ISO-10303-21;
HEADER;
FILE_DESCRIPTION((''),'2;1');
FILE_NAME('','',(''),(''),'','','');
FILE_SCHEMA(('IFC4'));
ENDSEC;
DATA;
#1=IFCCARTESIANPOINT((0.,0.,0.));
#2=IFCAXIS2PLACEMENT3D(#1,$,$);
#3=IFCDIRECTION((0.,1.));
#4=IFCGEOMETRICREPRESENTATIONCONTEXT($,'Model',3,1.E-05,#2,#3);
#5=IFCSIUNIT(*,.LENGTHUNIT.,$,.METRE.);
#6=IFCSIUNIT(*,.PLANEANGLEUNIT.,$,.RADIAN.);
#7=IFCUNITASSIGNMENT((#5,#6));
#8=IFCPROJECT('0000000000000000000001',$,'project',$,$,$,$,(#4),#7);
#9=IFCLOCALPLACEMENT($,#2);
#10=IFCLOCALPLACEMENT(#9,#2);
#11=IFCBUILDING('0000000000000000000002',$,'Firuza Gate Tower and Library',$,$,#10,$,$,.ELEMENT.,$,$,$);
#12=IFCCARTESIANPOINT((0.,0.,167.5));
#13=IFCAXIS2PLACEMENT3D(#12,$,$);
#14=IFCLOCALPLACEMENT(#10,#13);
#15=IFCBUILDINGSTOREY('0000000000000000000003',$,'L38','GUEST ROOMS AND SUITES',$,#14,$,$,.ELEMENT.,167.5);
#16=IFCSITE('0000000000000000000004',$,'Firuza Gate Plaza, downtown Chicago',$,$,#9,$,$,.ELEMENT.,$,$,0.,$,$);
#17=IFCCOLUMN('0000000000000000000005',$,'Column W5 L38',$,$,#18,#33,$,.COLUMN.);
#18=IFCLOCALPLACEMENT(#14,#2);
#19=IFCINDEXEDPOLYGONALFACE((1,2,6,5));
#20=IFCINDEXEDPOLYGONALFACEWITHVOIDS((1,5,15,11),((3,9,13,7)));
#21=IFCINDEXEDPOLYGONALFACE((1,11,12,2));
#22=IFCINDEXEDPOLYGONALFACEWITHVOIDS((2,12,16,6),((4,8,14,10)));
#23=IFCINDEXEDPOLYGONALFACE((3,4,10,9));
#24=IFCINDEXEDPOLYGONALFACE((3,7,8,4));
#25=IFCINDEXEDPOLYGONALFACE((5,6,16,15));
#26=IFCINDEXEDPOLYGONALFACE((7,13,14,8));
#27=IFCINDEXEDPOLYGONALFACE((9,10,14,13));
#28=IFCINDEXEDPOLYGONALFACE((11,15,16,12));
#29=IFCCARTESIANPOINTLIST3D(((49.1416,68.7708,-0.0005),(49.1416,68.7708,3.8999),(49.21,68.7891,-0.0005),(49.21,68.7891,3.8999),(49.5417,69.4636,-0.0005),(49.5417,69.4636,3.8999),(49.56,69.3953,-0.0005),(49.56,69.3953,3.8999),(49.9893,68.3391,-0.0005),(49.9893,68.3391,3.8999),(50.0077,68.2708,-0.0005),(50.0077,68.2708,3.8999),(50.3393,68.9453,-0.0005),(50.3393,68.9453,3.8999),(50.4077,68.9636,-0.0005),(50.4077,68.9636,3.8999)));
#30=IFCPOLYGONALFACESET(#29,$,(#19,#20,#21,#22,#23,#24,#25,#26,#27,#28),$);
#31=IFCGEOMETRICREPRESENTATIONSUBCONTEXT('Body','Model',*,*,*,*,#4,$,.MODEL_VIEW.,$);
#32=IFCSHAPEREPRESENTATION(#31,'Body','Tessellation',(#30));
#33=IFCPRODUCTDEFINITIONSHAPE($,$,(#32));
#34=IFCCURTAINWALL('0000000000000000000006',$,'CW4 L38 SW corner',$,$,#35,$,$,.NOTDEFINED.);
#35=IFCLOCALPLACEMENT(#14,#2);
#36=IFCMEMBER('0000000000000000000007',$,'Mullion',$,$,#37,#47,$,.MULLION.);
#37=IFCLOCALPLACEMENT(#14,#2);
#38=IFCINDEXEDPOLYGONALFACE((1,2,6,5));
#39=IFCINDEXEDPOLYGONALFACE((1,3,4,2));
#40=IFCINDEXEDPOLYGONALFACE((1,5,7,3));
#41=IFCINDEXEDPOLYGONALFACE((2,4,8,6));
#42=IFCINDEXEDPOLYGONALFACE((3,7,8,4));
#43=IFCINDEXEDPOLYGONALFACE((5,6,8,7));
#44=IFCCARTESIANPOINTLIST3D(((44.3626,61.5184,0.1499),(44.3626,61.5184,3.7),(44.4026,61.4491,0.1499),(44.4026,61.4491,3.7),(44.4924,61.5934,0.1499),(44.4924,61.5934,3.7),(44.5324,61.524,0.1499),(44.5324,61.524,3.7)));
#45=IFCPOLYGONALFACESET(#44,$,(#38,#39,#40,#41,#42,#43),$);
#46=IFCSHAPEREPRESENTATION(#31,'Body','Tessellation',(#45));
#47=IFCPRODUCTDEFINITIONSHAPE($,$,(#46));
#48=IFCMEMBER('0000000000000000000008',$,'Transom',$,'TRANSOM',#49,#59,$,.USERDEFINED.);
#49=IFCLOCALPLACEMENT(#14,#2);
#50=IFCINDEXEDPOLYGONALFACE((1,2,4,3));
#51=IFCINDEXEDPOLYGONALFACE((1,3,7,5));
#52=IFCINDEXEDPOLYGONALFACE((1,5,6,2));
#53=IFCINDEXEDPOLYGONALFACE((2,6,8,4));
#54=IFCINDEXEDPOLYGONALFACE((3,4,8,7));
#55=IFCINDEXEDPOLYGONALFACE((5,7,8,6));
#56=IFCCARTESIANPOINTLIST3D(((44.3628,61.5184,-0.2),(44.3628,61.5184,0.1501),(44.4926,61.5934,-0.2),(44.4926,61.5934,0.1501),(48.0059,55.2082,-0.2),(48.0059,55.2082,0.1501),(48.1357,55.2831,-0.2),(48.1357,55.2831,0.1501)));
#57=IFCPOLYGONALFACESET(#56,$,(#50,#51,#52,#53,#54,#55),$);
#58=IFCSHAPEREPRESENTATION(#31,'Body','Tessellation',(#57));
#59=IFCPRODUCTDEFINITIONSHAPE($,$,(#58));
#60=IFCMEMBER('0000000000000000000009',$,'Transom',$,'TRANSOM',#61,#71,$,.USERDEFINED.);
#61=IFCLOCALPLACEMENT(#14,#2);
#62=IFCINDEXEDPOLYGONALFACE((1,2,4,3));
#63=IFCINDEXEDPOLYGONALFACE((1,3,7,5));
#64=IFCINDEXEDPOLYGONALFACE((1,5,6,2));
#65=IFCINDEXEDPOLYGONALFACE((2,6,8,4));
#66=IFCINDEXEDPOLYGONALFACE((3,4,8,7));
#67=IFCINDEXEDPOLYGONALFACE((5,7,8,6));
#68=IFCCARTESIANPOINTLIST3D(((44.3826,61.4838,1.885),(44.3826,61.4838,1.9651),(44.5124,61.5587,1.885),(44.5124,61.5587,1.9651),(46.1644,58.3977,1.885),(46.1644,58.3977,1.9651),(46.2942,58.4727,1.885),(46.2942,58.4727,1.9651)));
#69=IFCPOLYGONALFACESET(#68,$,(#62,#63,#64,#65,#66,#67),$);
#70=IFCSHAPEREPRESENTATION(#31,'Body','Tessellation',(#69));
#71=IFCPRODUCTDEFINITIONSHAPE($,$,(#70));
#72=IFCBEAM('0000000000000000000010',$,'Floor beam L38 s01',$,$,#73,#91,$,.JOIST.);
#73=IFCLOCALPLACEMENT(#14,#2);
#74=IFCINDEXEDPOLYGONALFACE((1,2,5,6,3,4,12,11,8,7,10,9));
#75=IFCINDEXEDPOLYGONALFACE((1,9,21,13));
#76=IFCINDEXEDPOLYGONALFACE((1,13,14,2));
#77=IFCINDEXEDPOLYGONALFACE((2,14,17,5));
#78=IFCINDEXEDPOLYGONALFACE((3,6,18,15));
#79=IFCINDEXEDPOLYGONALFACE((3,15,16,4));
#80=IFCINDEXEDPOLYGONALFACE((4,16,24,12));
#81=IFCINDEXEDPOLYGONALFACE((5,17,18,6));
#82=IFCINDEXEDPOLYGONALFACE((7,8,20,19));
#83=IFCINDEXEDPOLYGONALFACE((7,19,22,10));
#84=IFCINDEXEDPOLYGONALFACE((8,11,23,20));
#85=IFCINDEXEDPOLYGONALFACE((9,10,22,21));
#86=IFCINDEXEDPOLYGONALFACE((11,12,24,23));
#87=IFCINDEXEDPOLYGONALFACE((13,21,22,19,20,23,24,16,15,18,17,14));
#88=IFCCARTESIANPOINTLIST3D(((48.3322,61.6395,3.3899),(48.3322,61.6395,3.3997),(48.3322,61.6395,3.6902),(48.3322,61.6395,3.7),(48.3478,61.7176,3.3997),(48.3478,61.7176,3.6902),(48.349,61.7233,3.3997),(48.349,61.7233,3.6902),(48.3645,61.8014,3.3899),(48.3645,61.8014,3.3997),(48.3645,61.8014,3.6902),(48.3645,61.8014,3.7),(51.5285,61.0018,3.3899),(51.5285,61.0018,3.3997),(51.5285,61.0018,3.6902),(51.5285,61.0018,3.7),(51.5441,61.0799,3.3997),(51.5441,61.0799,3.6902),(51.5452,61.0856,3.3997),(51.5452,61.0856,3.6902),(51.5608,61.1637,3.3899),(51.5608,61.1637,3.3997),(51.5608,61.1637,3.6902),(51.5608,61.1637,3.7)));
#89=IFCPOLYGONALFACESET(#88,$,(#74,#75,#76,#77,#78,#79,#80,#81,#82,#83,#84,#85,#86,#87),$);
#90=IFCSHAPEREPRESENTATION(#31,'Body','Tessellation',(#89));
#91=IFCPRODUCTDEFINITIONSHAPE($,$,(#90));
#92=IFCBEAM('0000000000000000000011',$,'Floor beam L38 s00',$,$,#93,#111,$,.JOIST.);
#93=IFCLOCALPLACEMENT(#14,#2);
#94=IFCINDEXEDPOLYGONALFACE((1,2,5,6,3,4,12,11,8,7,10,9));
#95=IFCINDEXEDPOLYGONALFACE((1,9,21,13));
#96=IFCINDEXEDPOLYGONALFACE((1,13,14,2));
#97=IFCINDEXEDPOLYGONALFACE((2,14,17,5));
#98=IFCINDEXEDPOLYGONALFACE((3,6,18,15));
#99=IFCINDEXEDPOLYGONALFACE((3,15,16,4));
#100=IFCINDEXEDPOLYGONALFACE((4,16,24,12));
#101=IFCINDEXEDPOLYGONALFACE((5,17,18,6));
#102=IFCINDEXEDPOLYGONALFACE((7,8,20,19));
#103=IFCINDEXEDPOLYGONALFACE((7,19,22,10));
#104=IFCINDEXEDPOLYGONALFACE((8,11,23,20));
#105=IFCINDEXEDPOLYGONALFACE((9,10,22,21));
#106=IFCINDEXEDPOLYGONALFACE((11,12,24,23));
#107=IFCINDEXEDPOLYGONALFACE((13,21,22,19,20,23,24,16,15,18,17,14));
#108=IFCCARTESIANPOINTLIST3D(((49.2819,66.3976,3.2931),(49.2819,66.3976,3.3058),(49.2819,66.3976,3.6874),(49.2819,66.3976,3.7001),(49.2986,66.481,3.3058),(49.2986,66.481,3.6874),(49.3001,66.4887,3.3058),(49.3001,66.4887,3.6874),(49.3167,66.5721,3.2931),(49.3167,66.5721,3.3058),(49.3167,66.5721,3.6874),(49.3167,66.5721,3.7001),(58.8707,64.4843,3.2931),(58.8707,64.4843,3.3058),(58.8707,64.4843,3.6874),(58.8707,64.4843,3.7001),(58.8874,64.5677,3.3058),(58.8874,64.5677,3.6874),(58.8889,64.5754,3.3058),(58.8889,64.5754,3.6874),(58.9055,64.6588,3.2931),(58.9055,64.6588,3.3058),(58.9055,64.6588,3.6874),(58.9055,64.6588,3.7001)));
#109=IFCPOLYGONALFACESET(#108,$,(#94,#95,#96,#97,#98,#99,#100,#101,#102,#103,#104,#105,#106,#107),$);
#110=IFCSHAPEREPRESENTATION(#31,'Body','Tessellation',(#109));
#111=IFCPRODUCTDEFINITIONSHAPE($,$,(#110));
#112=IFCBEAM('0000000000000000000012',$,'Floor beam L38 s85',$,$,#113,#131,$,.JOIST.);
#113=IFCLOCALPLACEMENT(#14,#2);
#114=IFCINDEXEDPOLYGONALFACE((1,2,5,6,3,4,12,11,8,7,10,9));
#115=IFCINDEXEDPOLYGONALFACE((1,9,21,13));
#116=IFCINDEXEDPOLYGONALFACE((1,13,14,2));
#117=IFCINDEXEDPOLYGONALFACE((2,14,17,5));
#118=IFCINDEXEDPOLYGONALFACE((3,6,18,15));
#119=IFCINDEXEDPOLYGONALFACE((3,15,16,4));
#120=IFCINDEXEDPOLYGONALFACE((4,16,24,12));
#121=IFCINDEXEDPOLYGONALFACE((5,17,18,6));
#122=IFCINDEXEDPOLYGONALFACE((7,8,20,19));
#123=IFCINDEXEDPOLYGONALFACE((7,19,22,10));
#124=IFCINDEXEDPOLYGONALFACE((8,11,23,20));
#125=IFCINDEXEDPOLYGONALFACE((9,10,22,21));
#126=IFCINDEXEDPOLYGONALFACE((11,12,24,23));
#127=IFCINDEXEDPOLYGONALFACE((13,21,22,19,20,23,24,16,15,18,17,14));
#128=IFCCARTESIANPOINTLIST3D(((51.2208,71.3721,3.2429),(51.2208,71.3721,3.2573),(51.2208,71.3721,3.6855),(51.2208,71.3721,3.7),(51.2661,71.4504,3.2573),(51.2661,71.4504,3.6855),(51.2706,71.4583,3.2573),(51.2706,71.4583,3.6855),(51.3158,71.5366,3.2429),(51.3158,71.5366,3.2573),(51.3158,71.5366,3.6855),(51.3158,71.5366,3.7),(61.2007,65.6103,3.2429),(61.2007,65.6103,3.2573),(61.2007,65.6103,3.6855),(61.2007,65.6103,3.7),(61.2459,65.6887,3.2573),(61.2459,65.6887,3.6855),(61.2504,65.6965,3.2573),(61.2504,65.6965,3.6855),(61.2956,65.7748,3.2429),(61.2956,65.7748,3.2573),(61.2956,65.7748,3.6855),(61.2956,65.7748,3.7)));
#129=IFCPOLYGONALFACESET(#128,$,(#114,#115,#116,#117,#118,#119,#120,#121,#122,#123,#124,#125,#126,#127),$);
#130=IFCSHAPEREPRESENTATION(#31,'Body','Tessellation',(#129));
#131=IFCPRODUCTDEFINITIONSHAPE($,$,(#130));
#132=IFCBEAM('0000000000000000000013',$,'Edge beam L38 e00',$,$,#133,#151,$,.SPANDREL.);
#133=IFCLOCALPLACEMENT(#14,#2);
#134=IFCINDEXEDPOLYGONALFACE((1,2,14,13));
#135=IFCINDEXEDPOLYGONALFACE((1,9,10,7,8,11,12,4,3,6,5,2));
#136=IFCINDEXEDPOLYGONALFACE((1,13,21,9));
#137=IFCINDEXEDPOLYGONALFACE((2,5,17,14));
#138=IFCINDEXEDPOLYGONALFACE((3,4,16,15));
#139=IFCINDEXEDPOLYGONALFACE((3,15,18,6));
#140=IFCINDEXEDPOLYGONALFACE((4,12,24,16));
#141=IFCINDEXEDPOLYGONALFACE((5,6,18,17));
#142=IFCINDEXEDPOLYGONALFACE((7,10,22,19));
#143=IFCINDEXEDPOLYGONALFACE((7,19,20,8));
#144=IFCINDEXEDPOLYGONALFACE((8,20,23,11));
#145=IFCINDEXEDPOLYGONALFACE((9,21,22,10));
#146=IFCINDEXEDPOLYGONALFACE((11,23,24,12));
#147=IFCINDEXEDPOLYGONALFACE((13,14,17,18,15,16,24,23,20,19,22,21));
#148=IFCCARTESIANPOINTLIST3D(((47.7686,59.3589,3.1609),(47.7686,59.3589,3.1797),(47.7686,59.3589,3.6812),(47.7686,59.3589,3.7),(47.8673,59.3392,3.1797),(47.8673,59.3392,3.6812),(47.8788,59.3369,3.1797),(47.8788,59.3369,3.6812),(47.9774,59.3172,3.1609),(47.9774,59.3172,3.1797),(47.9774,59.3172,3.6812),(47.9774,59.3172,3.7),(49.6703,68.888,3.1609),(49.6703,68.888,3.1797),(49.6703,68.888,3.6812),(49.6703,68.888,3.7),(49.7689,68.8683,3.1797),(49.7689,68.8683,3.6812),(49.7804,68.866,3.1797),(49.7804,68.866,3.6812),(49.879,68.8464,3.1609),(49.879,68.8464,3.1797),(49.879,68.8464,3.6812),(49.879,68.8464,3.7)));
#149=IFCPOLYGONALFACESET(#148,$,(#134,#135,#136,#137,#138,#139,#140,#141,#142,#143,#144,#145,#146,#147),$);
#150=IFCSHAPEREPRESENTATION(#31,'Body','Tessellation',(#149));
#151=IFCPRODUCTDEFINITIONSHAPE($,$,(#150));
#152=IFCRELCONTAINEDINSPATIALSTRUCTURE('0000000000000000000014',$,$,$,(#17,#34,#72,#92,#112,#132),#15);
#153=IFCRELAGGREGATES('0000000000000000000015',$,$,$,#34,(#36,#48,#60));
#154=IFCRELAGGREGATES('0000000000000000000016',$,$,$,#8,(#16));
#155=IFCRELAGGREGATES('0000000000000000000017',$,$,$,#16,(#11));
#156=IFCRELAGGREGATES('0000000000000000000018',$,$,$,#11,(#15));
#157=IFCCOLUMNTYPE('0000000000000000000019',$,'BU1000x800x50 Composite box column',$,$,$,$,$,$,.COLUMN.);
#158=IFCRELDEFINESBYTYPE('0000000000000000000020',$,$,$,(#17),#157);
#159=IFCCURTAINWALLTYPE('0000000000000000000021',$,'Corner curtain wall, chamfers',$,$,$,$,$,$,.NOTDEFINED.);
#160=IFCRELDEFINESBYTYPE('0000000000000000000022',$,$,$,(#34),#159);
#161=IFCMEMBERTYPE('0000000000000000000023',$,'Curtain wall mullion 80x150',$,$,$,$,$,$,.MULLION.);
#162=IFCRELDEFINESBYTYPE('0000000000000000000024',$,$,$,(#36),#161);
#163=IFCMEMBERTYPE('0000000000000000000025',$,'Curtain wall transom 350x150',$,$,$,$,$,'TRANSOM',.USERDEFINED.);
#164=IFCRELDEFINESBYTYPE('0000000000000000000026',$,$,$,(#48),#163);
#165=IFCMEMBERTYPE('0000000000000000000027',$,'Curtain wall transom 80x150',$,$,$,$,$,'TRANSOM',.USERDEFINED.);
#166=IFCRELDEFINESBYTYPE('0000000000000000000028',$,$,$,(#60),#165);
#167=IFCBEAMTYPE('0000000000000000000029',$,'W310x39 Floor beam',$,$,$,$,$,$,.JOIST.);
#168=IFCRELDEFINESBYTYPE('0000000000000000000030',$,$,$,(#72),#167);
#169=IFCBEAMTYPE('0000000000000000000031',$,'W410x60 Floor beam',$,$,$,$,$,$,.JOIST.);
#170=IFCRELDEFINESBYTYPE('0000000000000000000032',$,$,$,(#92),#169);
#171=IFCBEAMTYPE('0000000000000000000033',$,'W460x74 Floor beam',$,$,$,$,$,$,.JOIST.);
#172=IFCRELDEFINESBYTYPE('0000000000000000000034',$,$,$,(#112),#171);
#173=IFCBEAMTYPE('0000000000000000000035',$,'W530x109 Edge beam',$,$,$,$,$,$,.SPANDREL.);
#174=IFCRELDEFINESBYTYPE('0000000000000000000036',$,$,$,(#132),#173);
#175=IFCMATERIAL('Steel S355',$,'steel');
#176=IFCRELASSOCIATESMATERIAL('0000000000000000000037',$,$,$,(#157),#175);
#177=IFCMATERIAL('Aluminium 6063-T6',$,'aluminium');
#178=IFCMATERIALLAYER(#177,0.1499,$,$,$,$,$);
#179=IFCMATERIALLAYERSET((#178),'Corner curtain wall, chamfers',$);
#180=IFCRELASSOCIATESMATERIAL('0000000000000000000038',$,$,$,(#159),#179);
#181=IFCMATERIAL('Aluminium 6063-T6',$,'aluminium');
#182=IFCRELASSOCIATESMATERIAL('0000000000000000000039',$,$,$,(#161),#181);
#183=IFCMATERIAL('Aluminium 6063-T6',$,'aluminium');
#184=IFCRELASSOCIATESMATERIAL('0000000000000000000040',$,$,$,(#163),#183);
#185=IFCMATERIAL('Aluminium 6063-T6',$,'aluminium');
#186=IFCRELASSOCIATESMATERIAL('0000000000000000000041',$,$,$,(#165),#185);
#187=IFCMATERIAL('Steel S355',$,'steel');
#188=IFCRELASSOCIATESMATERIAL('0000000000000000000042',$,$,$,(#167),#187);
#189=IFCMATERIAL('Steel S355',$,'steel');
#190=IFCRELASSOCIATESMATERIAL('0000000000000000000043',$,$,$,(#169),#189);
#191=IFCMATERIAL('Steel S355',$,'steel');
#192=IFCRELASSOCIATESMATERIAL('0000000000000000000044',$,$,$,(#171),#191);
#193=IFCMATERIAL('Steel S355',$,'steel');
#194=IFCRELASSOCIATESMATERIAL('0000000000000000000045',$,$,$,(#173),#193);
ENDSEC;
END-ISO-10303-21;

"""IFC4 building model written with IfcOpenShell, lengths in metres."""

from ifc_helpers import new_model, si_unit, direction, frame, origin, origin_2d, place, context, subcontext, project, spatial, rectangle, hollow_rectangle, i_section, extrude, material, layer, layer_set, material_profile, profile_set, type_object, element, aggregate, save


model = new_model("IFC4")

# Units and contexts
model_context = context("Model", 3, precision=1e-05, world=origin(), true_north=direction((0.0, 1.0)))
body_context = subcontext(model_context, "Body", "Model", "MODEL_VIEW")
ifc_project = project(units=[si_unit("LENGTHUNIT", "METRE"), si_unit("PLANEANGLEUNIT", "RADIAN")], contexts=[model_context])

# Site, building, storey
site_placement = place(None, origin())
site = spatial("IfcSite", under=ifc_project, at=site_placement, Name="Firuza Gate Plaza, downtown Chicago", CompositionType="ELEMENT", RefElevation=0.0)
building_placement = place(site_placement, origin())
building = spatial("IfcBuilding", under=site, at=building_placement, Name="Firuza Gate Tower and Library", CompositionType="ELEMENT")
storey_placement = place(building_placement, frame((0.0, 0.0, 167.5)))
storey = spatial("IfcBuildingStorey", under=building, at=storey_placement, Name="L38", Description="GUEST ROOMS AND SUITES", CompositionType="ELEMENT", Elevation=167.5)

# Column
ifc_material_1 = material(Name="Steel S355", Category="steel")
ifc_material_profile_1 = material_profile(ifc_material_1, hollow_rectangle(XDim=0.8, YDim=1.0, WallThickness=0.05, at=origin_2d()))
ifc_profile_set_1 = profile_set([ifc_material_profile_1], Name="Steel S355")
column_type = type_object("IfcColumnType", Name="BU1000x800x50 Composite box column", PredefinedType="COLUMN", material=ifc_profile_set_1)
column_placement = place(storey_placement, frame((49.7747, 68.8672, -0.0005), z_axis=(0.0, 0.0, 1.0), x_axis=(-0.5, -0.866025, 0.0)))
element("IfcColumn", 1, at=column_placement, inside=storey, type_object=column_type, Name="Column W5 L38", PredefinedType="COLUMN", context=body_context, shape_type="SweptSolid", body=[
    extrude(hollow_rectangle(XDim=0.8, YDim=1.0, WallThickness=0.05, at=origin_2d()), origin(), (0.0, 0.0, 1.0), 3.9004),
])

# Curtain wall, members
ifc_material_2 = material(Name="Aluminium 6063-T6", Category="aluminium")
ifc_layer_1 = layer(ifc_material_2, 0.1499)
ifc_layer_set_1 = layer_set([ifc_layer_1], Name="Corner curtain wall, chamfers")
curtain_wall_type = type_object("IfcCurtainWallType", Name="Corner curtain wall, chamfers", PredefinedType="NOTDEFINED", material=ifc_layer_set_1)
curtain_wall_placement = place(storey_placement, origin())
curtain_wall = element("IfcCurtainWall", 2, at=curtain_wall_placement, inside=storey, type_object=curtain_wall_type, Name="CW4 L38 SW corner", PredefinedType="NOTDEFINED")
ifc_material_3 = material(Name="Aluminium 6063-T6", Category="aluminium")
ifc_material_profile_2 = material_profile(ifc_material_3, rectangle(XDim=0.1499, YDim=0.0801, at=origin_2d()))
ifc_profile_set_2 = profile_set([ifc_material_profile_2], Name="Aluminium 6063-T6")
member_type_1 = type_object("IfcMemberType", Name="Curtain wall mullion 80x150", PredefinedType="MULLION", material=ifc_profile_set_2)
member_1_placement = place(storey_placement, frame((44.4475, 61.5212, 0.1499), z_axis=(0.0, 0.0, 1.0), x_axis=(0.866025, 0.5, 0.0)))
member_1 = element("IfcMember", 3, at=member_1_placement, type_object=member_type_1, Name="Mullion", PredefinedType="MULLION", context=body_context, shape_type="SweptSolid", body=[
    extrude(rectangle(XDim=0.1499, YDim=0.0801, at=origin_2d()), origin(), (0.0, 0.0, 1.0), 3.55),
])
ifc_material_4 = material(Name="Aluminium 6063-T6", Category="aluminium")
ifc_material_profile_3 = material_profile(ifc_material_4, rectangle(XDim=0.1499, YDim=0.3501, at=origin_2d()))
ifc_profile_set_3 = profile_set([ifc_material_profile_3], Name="Aluminium 6063-T6")
member_type_2 = type_object("IfcMemberType", Name="Curtain wall transom 350x150", ElementType="TRANSOM", PredefinedType="USERDEFINED", material=ifc_profile_set_3)
member_2_placement = place(storey_placement, frame((44.4277, 61.5559, -0.0249), z_axis=(0.499981, -0.866037, 0.0), x_axis=(0.866037, 0.499981, 0.0)))
member_2 = element("IfcMember", 4, at=member_2_placement, type_object=member_type_2, Name="Transom", ObjectType="TRANSOM", PredefinedType="USERDEFINED", context=body_context, shape_type="SweptSolid", body=[
    extrude(rectangle(XDim=0.1499, YDim=0.3501, at=origin_2d()), origin(), (0.0, 0.0, 1.0), 7.2864),
])
ifc_material_5 = material(Name="Aluminium 6063-T6", Category="aluminium")
ifc_material_profile_4 = material_profile(ifc_material_5, rectangle(XDim=0.1499, YDim=0.0801, at=origin_2d()))
ifc_profile_set_4 = profile_set([ifc_material_profile_4], Name="Aluminium 6063-T6")
member_type_3 = type_object("IfcMemberType", Name="Curtain wall transom 80x150", ElementType="TRANSOM", PredefinedType="USERDEFINED", material=ifc_profile_set_4)
member_3_placement = place(storey_placement, frame((44.4475, 61.5212, 1.925), z_axis=(0.500015, -0.866017, 0.0), x_axis=(0.866017, 0.500015, 0.0)))
member_3 = element("IfcMember", 5, at=member_3_placement, type_object=member_type_3, Name="Transom", ObjectType="TRANSOM", PredefinedType="USERDEFINED", context=body_context, shape_type="SweptSolid", body=[
    extrude(rectangle(XDim=0.1499, YDim=0.0801, at=origin_2d()), origin(), (0.0, 0.0, 1.0), 3.5635),
])

# Beams
ifc_material_6 = material(Name="Steel S355", Category="steel")
ifc_material_profile_5 = material_profile(ifc_material_6, i_section(OverallWidth=0.165, OverallDepth=0.3101, WebThickness=0.0059, FlangeThickness=0.0098, at=origin_2d()))
ifc_profile_set_5 = profile_set([ifc_material_profile_5], Name="Steel S355")
beam_type_1 = type_object("IfcBeamType", Name="W310x39 Floor beam", PredefinedType="JOIST", material=ifc_profile_set_5)
beam_1_placement = place(storey_placement, frame((48.3484, 61.7205, 3.5449), z_axis=(0.980673, -0.195655, 0.0), x_axis=(0.195655, 0.980673, 0.0)))
element("IfcBeam", 6, at=beam_1_placement, inside=storey, type_object=beam_type_1, Name="Floor beam L38 s01", PredefinedType="JOIST", context=body_context, shape_type="SweptSolid", body=[
    extrude(i_section(OverallWidth=0.165, OverallDepth=0.3101, WebThickness=0.0059, FlangeThickness=0.0098, at=origin_2d()), origin(), (0.0, 0.0, 1.0), 3.2593),
])
ifc_material_7 = material(Name="Steel S355", Category="steel")
ifc_material_profile_6 = material_profile(ifc_material_7, i_section(OverallWidth=0.178, OverallDepth=0.407, WebThickness=0.0078, FlangeThickness=0.0127, at=origin_2d()))
ifc_profile_set_6 = profile_set([ifc_material_profile_6], Name="Steel S355")
beam_type_2 = type_object("IfcBeamType", Name="W410x60 Floor beam", PredefinedType="JOIST", material=ifc_profile_set_6)
beam_2_placement = place(storey_placement, frame((49.2993, 66.4849, 3.4966), z_axis=(0.980668, -0.195679, 0.0), x_axis=(0.195679, 0.980668, 0.0)))
element("IfcBeam", 7, at=beam_2_placement, inside=storey, type_object=beam_type_2, Name="Floor beam L38 s00", PredefinedType="JOIST", context=body_context, shape_type="SweptSolid", body=[
    extrude(i_section(OverallWidth=0.178, OverallDepth=0.407, WebThickness=0.0078, FlangeThickness=0.0127, at=origin_2d()), origin(), (0.0, 0.0, 1.0), 9.7778),
])
ifc_material_8 = material(Name="Steel S355", Category="steel")
ifc_material_profile_7 = material_profile(ifc_material_8, i_section(OverallWidth=0.1899, OverallDepth=0.457, WebThickness=0.009, FlangeThickness=0.0144, at=origin_2d()))
ifc_profile_set_7 = profile_set([ifc_material_profile_7], Name="Steel S355")
beam_type_3 = type_object("IfcBeamType", Name="W460x74 Floor beam", PredefinedType="JOIST", material=ifc_profile_set_7)
beam_3_placement = place(storey_placement, frame((51.2683, 71.4543, 3.4714), z_axis=(0.866029, -0.499994, 0.0), x_axis=(0.499994, 0.866029, 0.0)))
element("IfcBeam", 8, at=beam_3_placement, inside=storey, type_object=beam_type_3, Name="Floor beam L38 s85", PredefinedType="JOIST", context=body_context, shape_type="SweptSolid", body=[
    extrude(i_section(OverallWidth=0.1899, OverallDepth=0.457, WebThickness=0.009, FlangeThickness=0.0144, at=origin_2d()), origin(), (0.0, 0.0, 1.0), 11.5237),
])
ifc_material_9 = material(Name="Steel S355", Category="steel")
ifc_material_profile_8 = material_profile(ifc_material_9, i_section(OverallWidth=0.2129, OverallDepth=0.5391, WebThickness=0.0117, FlangeThickness=0.0188, at=origin_2d()))
ifc_profile_set_8 = profile_set([ifc_material_profile_8], Name="Steel S355")
beam_type_4 = type_object("IfcBeamType", Name="W530x109 Edge beam", PredefinedType="SPANDREL", material=ifc_profile_set_8)
beam_4_placement = place(storey_placement, frame((49.7747, 68.8672, 3.4304), z_axis=(-0.195701, -0.980664, 0.0), x_axis=(0.980664, -0.195701, 0.0)))
element("IfcBeam", 9, at=beam_4_placement, inside=storey, type_object=beam_type_4, Name="Edge beam L38 e00", PredefinedType="SPANDREL", context=body_context, shape_type="SweptSolid", body=[
    extrude(i_section(OverallWidth=0.2129, OverallDepth=0.5391, WebThickness=0.0117, FlangeThickness=0.0188, at=origin_2d()), origin(), (0.0, 0.0, 1.0), 9.717),
])

aggregate(curtain_wall, [member_1, member_2, member_3])

save(model, "model.ifc")
